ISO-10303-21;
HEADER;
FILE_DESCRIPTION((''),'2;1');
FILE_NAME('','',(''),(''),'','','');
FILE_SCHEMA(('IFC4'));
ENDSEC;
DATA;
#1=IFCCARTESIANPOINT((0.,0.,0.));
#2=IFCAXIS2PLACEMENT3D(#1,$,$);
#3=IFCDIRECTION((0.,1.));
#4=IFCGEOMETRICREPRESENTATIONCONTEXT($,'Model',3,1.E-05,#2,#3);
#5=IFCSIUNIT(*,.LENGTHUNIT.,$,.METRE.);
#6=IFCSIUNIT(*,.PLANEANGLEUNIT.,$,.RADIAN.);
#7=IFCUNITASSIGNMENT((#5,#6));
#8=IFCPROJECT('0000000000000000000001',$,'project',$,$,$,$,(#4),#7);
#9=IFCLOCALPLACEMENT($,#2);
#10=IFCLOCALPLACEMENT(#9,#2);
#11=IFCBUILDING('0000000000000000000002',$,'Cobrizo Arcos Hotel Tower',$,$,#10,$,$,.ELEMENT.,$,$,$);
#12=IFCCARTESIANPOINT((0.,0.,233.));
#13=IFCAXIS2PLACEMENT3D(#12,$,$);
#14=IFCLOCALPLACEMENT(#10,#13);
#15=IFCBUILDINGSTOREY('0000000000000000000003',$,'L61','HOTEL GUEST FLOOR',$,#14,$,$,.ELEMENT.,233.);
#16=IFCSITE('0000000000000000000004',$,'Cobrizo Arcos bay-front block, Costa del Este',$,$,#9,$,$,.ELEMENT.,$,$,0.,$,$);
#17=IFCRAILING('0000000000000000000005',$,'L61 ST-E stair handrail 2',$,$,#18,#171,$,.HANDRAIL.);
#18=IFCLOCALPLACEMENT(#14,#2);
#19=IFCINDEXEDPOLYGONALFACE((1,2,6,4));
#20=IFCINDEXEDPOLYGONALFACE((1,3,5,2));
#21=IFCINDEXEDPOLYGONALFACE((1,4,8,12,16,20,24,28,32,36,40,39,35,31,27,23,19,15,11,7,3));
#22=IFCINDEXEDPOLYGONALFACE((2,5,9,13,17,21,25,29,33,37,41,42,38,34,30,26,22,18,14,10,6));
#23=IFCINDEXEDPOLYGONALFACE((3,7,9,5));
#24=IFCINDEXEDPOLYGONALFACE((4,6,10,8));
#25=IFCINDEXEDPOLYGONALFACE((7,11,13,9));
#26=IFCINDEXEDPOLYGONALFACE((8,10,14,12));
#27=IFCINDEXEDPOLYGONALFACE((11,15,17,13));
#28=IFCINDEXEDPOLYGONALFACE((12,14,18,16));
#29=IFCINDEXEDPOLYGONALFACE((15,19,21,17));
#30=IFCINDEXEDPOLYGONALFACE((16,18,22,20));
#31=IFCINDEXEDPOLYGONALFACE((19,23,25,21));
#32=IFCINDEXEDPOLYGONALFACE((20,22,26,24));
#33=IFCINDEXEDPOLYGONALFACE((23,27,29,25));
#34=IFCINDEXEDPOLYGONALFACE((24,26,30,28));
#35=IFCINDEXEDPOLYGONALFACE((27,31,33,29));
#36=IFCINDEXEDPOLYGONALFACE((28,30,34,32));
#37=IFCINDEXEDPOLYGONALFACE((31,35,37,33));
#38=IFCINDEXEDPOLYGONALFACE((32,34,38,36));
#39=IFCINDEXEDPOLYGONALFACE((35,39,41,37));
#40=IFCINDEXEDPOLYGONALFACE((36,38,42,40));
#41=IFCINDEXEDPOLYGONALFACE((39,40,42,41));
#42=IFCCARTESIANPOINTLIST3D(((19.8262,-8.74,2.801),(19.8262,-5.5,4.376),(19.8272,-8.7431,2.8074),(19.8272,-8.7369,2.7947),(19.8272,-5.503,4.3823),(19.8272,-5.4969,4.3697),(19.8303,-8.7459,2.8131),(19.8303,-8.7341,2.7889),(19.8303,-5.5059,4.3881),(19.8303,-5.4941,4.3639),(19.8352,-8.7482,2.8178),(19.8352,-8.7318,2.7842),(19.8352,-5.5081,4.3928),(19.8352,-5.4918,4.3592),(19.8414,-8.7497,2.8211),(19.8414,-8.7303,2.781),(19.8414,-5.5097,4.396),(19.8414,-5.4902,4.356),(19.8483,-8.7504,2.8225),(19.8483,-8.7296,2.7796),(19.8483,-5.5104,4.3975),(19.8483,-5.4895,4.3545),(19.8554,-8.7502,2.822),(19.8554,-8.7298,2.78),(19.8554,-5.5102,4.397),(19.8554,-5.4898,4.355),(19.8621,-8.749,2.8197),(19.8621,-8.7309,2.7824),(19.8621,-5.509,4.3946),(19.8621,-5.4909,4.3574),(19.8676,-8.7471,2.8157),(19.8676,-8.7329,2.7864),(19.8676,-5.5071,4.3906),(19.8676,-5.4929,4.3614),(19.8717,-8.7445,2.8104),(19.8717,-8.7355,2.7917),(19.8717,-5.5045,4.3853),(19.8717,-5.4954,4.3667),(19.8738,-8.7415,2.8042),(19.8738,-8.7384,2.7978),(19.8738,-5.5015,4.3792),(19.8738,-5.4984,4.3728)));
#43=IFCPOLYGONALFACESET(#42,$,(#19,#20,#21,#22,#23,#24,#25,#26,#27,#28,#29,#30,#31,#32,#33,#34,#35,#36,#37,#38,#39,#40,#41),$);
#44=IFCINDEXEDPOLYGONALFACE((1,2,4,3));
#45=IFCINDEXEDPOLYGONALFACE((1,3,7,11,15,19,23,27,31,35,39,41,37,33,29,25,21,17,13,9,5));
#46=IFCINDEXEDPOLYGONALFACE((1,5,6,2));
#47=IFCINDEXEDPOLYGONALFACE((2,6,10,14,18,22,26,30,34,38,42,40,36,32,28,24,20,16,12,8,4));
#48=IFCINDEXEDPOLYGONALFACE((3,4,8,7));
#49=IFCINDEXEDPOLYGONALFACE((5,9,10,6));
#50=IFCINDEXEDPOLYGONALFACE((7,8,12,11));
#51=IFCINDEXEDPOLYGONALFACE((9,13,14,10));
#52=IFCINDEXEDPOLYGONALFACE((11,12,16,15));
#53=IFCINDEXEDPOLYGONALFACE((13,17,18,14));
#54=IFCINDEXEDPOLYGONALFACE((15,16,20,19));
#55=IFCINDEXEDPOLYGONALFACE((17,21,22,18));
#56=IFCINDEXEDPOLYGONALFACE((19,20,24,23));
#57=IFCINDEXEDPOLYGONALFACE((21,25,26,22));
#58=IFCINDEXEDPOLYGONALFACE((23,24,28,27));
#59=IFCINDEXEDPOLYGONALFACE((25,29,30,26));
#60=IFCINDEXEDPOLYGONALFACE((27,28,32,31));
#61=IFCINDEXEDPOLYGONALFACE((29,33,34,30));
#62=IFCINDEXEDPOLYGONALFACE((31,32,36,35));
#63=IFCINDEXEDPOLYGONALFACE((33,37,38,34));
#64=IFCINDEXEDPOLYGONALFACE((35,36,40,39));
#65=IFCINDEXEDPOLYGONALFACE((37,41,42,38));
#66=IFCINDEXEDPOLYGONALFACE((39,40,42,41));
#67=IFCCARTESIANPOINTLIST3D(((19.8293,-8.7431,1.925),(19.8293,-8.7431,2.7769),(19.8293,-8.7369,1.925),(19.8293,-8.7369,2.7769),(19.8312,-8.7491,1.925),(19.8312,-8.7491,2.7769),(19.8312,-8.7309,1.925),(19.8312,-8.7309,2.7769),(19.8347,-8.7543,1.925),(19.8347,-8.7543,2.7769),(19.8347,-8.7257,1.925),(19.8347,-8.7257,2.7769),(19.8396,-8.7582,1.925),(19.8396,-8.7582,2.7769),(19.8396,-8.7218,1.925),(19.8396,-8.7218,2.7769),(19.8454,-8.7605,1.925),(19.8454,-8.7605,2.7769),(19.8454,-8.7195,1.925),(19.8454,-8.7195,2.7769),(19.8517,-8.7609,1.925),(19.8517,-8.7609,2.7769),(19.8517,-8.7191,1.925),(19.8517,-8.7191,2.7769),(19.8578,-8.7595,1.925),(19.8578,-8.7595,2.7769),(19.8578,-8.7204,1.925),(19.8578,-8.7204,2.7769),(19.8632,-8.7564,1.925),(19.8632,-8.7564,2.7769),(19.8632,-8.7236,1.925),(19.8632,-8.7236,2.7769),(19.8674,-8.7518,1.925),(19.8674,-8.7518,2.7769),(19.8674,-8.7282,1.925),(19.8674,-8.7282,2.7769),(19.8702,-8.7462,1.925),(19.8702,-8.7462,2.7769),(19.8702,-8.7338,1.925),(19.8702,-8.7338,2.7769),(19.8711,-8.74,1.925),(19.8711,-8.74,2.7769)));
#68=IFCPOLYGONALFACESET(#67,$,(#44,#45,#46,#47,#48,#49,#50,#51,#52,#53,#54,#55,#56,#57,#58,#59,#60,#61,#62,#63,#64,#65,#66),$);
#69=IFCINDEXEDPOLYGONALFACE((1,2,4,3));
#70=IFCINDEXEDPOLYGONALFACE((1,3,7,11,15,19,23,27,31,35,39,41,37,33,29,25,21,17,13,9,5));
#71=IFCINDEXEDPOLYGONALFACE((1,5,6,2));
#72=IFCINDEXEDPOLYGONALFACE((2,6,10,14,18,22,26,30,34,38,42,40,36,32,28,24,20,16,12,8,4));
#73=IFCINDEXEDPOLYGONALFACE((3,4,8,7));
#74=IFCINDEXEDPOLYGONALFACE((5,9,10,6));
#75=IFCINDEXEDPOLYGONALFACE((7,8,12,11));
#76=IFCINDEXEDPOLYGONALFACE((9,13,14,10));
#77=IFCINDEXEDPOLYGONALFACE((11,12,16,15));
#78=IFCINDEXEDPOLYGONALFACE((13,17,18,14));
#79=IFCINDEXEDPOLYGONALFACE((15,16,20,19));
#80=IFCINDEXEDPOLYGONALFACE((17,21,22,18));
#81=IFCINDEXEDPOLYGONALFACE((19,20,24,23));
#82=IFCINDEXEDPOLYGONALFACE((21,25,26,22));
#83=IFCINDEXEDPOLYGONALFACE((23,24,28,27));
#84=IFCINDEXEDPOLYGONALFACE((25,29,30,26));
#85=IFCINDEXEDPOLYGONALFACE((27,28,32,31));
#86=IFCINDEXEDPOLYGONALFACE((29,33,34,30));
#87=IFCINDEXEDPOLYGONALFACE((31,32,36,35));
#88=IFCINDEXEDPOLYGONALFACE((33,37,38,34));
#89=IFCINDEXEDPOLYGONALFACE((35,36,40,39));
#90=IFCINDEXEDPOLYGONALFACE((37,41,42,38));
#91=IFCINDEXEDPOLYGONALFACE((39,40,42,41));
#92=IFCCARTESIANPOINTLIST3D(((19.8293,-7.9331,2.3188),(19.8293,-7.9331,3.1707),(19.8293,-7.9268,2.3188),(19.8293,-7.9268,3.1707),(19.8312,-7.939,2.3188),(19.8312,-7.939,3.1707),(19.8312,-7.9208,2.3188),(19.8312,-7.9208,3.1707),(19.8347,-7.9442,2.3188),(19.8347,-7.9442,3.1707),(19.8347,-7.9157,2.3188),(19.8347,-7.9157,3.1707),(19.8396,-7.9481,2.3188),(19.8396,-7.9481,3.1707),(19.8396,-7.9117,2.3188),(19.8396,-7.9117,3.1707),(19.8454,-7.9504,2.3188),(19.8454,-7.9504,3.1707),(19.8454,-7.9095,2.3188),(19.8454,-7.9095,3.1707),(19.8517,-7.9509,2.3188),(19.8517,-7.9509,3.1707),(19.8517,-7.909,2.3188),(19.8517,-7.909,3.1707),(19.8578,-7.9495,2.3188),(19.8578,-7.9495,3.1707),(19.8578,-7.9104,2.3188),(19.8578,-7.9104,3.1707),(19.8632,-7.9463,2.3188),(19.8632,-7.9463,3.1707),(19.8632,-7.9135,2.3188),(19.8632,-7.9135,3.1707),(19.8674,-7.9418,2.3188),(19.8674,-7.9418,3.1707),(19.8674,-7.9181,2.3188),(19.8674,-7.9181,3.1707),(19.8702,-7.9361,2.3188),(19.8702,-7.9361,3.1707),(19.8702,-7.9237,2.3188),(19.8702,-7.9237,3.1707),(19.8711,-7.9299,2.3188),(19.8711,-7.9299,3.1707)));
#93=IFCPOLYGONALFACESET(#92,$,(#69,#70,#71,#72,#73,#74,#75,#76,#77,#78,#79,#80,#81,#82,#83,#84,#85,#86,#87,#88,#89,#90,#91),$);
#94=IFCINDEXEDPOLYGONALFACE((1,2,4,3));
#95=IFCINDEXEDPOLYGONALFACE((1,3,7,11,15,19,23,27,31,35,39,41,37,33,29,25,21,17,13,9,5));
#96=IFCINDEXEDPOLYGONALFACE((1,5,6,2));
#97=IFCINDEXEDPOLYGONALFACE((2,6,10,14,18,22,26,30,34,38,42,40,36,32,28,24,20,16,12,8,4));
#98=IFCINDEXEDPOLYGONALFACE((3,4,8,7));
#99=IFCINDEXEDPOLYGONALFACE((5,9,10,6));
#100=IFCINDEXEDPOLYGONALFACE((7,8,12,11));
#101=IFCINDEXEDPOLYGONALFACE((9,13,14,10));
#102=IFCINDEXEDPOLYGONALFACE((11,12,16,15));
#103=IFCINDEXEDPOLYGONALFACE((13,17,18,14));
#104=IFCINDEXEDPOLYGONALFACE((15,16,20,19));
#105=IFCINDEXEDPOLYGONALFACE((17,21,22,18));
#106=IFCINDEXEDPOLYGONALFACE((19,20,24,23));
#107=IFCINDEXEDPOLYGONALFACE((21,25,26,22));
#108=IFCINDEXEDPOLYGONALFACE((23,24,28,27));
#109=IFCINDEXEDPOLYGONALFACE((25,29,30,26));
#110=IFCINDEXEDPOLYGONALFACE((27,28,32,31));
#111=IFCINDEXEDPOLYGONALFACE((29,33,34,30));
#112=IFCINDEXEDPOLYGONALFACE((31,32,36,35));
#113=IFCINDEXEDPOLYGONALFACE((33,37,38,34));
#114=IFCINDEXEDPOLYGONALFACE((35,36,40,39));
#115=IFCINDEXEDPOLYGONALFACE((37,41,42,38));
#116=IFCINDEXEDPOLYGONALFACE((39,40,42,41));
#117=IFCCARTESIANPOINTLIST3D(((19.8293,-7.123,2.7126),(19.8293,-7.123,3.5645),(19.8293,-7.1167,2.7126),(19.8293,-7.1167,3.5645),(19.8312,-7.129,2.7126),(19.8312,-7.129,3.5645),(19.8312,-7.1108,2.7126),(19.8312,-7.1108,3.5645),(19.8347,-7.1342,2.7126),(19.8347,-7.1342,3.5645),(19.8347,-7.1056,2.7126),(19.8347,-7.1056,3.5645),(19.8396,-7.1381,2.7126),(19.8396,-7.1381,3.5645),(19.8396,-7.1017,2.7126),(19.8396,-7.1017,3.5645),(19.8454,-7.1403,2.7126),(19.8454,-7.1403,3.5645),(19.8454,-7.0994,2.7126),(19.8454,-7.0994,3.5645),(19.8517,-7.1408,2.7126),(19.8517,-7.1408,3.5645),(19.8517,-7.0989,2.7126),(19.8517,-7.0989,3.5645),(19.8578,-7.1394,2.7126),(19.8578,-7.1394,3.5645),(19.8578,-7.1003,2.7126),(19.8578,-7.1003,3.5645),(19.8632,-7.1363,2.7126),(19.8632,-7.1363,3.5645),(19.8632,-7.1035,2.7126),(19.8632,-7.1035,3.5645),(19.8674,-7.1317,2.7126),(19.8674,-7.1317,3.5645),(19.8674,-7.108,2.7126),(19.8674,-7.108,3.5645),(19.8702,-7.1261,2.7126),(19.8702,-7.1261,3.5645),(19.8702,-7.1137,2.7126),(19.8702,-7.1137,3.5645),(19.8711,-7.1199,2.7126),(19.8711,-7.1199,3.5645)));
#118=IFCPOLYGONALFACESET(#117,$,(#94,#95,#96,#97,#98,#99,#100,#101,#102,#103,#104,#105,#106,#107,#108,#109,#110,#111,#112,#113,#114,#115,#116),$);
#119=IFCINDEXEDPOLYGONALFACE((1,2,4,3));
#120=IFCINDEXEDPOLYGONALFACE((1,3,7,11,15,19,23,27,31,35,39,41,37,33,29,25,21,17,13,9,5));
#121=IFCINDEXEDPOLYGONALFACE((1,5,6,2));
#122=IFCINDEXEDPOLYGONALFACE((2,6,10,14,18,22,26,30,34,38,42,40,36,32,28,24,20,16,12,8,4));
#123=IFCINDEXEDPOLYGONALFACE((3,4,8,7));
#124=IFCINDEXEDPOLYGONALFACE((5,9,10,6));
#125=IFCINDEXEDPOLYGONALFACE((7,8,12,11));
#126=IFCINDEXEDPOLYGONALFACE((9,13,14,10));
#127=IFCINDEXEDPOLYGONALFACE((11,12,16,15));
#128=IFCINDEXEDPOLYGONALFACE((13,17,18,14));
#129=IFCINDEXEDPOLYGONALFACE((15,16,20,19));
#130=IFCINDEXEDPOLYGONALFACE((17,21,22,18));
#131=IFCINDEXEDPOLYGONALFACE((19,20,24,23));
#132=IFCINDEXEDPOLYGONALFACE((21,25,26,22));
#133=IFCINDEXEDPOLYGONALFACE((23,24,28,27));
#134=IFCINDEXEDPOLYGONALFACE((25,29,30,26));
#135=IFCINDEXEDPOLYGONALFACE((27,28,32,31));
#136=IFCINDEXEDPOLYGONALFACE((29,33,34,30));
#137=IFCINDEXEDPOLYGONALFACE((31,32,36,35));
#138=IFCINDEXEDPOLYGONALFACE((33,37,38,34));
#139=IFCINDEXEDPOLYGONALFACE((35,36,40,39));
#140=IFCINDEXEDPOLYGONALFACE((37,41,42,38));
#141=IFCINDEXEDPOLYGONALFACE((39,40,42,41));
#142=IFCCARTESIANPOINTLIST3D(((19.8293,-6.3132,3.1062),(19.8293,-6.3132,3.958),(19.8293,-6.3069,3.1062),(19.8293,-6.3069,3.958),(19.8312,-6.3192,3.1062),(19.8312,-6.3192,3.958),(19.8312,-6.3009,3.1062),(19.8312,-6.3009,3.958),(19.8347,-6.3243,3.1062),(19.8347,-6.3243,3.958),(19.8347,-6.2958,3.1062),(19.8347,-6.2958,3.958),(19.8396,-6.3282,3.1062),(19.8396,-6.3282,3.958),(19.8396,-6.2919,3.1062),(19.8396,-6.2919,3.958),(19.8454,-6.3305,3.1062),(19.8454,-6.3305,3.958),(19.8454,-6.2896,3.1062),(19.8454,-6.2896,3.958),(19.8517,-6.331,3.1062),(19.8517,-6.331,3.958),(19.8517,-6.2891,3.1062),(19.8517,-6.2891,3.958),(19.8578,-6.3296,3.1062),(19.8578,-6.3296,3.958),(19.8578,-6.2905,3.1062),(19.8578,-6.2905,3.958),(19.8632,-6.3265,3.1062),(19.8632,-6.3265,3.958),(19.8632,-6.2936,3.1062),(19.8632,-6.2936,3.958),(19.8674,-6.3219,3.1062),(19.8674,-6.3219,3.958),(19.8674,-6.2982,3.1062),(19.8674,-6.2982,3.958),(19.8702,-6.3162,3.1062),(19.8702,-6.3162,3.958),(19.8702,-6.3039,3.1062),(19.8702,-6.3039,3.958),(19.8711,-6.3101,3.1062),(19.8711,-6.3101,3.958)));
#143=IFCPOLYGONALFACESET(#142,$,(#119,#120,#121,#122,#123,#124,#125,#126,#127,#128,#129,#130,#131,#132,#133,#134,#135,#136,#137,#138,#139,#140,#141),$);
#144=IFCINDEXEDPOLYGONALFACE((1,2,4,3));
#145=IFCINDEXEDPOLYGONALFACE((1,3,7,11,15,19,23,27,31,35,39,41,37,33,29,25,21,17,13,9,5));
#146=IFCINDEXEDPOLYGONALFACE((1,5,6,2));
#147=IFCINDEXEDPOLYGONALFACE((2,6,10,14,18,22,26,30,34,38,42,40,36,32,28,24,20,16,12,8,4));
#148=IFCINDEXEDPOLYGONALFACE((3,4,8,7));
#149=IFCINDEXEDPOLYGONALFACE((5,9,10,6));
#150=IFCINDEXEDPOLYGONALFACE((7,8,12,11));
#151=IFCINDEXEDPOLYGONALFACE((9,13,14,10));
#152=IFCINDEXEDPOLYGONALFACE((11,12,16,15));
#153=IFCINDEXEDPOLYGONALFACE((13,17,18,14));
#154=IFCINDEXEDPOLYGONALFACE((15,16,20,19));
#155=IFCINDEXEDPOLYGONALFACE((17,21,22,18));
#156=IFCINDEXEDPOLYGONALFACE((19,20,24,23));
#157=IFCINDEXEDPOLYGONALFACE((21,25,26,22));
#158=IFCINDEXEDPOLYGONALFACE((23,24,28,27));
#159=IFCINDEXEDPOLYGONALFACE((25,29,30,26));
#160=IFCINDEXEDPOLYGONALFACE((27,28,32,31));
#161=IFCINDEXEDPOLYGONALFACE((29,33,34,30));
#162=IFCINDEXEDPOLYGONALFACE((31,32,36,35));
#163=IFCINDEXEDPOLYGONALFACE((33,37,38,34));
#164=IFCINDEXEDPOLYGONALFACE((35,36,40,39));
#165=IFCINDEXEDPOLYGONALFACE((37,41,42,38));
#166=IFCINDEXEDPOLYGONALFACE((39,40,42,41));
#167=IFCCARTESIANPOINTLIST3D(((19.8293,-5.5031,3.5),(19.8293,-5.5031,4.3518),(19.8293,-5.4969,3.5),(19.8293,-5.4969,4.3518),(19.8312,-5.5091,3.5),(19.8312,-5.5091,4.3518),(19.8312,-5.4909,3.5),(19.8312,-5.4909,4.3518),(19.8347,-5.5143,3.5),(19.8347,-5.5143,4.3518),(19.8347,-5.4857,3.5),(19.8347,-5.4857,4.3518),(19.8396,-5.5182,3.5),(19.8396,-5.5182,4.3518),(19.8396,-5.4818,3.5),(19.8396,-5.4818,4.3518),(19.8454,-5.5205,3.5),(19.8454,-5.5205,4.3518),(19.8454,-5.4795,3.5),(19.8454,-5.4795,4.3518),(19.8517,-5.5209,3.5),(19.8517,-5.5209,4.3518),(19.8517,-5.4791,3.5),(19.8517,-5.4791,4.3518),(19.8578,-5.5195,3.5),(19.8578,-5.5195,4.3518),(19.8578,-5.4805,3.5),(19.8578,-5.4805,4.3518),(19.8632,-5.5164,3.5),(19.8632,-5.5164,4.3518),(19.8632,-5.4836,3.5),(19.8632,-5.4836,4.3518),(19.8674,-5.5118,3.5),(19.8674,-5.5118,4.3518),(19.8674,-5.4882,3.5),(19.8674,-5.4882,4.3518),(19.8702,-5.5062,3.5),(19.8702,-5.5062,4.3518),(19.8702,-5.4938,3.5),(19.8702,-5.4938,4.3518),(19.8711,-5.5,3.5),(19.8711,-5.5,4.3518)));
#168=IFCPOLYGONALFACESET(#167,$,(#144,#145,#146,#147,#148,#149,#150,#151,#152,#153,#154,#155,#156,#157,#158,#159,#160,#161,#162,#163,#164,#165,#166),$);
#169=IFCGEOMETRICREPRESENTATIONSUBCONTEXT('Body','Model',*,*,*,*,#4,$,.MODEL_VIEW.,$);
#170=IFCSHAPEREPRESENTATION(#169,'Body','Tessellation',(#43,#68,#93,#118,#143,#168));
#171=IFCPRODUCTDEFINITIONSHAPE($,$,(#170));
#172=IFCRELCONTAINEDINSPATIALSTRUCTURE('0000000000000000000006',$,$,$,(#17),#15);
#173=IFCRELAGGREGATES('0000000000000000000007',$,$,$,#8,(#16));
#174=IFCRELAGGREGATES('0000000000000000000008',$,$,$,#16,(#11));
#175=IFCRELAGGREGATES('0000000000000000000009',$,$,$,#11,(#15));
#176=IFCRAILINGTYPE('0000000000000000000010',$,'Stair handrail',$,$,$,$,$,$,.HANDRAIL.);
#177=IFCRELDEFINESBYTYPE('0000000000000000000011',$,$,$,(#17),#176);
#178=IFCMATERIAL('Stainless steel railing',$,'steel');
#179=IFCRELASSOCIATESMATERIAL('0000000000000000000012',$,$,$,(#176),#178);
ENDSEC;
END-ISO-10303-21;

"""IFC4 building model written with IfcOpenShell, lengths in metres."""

from ifc_helpers import new_model, si_unit, direction, frame, origin, origin_2d, place, context, subcontext, project, spatial, circle, extrude, material, type_object, element, save


model = new_model("IFC4")

# Units and contexts
model_context = context("Model", 3, precision=1e-05, world=origin(), true_north=direction((0.0, 1.0)))
body_context = subcontext(model_context, "Body", "Model", "MODEL_VIEW")
ifc_project = project(units=[si_unit("LENGTHUNIT", "METRE"), si_unit("PLANEANGLEUNIT", "RADIAN")], contexts=[model_context])

# Site, building, storey
site_placement = place(None, origin())
site = spatial("IfcSite", under=ifc_project, at=site_placement, Name="Cobrizo Arcos bay-front block, Costa del Este", CompositionType="ELEMENT", RefElevation=0.0)
building_placement = place(site_placement, origin())
building = spatial("IfcBuilding", under=site, at=building_placement, Name="Cobrizo Arcos Hotel Tower", CompositionType="ELEMENT")
storey_placement = place(building_placement, frame((0.0, 0.0, 233.0)))
storey = spatial("IfcBuildingStorey", under=building, at=storey_placement, Name="L61", Description="HOTEL GUEST FLOOR", CompositionType="ELEMENT", Elevation=233.0)

# Railing
ifc_material_1 = material(Name="Stainless steel railing", Category="steel")
railing_type_1 = type_object("IfcRailingType", Name="Stair handrail", PredefinedType="HANDRAIL", material=ifc_material_1)
railing_1_placement = place(storey_placement, frame((19.8501, -8.74, 1.925)))
element("IfcRailing", 1, at=railing_1_placement, inside=storey, type_object=railing_type_1, Name="L61 ST-E stair handrail 2", PredefinedType="HANDRAIL", context=body_context, shape_type="SweptSolid", body=[
    extrude(circle(Radius=0.0239, at=origin_2d()), frame((0.0, 0.0, 0.876), z_axis=(0.0, 0.899373, 0.437183), x_axis=(-1.0, 0.0, 0.0)), (0.0, 0.0, 1.0), 3.6025),
    extrude(circle(Radius=0.021, at=origin_2d()), origin(), (0.0, 0.0, 1.0), 0.8518),
    extrude(circle(Radius=0.021, at=origin_2d()), frame((0.0, 0.8101, 0.3938)), (0.0, 0.0, 1.0), 0.8518),
    extrude(circle(Radius=0.021, at=origin_2d()), frame((0.0, 1.6201, 0.7876)), (0.0, 0.0, 1.0), 0.8518),
    extrude(circle(Radius=0.021, at=origin_2d()), frame((0.0, 2.4299, 1.1812)), (0.0, 0.0, 1.0), 0.8518),
    extrude(circle(Radius=0.021, at=origin_2d()), frame((0.0, 3.24, 1.575)), (0.0, 0.0, 1.0), 0.8518),
])

save(model, "model.ifc")
